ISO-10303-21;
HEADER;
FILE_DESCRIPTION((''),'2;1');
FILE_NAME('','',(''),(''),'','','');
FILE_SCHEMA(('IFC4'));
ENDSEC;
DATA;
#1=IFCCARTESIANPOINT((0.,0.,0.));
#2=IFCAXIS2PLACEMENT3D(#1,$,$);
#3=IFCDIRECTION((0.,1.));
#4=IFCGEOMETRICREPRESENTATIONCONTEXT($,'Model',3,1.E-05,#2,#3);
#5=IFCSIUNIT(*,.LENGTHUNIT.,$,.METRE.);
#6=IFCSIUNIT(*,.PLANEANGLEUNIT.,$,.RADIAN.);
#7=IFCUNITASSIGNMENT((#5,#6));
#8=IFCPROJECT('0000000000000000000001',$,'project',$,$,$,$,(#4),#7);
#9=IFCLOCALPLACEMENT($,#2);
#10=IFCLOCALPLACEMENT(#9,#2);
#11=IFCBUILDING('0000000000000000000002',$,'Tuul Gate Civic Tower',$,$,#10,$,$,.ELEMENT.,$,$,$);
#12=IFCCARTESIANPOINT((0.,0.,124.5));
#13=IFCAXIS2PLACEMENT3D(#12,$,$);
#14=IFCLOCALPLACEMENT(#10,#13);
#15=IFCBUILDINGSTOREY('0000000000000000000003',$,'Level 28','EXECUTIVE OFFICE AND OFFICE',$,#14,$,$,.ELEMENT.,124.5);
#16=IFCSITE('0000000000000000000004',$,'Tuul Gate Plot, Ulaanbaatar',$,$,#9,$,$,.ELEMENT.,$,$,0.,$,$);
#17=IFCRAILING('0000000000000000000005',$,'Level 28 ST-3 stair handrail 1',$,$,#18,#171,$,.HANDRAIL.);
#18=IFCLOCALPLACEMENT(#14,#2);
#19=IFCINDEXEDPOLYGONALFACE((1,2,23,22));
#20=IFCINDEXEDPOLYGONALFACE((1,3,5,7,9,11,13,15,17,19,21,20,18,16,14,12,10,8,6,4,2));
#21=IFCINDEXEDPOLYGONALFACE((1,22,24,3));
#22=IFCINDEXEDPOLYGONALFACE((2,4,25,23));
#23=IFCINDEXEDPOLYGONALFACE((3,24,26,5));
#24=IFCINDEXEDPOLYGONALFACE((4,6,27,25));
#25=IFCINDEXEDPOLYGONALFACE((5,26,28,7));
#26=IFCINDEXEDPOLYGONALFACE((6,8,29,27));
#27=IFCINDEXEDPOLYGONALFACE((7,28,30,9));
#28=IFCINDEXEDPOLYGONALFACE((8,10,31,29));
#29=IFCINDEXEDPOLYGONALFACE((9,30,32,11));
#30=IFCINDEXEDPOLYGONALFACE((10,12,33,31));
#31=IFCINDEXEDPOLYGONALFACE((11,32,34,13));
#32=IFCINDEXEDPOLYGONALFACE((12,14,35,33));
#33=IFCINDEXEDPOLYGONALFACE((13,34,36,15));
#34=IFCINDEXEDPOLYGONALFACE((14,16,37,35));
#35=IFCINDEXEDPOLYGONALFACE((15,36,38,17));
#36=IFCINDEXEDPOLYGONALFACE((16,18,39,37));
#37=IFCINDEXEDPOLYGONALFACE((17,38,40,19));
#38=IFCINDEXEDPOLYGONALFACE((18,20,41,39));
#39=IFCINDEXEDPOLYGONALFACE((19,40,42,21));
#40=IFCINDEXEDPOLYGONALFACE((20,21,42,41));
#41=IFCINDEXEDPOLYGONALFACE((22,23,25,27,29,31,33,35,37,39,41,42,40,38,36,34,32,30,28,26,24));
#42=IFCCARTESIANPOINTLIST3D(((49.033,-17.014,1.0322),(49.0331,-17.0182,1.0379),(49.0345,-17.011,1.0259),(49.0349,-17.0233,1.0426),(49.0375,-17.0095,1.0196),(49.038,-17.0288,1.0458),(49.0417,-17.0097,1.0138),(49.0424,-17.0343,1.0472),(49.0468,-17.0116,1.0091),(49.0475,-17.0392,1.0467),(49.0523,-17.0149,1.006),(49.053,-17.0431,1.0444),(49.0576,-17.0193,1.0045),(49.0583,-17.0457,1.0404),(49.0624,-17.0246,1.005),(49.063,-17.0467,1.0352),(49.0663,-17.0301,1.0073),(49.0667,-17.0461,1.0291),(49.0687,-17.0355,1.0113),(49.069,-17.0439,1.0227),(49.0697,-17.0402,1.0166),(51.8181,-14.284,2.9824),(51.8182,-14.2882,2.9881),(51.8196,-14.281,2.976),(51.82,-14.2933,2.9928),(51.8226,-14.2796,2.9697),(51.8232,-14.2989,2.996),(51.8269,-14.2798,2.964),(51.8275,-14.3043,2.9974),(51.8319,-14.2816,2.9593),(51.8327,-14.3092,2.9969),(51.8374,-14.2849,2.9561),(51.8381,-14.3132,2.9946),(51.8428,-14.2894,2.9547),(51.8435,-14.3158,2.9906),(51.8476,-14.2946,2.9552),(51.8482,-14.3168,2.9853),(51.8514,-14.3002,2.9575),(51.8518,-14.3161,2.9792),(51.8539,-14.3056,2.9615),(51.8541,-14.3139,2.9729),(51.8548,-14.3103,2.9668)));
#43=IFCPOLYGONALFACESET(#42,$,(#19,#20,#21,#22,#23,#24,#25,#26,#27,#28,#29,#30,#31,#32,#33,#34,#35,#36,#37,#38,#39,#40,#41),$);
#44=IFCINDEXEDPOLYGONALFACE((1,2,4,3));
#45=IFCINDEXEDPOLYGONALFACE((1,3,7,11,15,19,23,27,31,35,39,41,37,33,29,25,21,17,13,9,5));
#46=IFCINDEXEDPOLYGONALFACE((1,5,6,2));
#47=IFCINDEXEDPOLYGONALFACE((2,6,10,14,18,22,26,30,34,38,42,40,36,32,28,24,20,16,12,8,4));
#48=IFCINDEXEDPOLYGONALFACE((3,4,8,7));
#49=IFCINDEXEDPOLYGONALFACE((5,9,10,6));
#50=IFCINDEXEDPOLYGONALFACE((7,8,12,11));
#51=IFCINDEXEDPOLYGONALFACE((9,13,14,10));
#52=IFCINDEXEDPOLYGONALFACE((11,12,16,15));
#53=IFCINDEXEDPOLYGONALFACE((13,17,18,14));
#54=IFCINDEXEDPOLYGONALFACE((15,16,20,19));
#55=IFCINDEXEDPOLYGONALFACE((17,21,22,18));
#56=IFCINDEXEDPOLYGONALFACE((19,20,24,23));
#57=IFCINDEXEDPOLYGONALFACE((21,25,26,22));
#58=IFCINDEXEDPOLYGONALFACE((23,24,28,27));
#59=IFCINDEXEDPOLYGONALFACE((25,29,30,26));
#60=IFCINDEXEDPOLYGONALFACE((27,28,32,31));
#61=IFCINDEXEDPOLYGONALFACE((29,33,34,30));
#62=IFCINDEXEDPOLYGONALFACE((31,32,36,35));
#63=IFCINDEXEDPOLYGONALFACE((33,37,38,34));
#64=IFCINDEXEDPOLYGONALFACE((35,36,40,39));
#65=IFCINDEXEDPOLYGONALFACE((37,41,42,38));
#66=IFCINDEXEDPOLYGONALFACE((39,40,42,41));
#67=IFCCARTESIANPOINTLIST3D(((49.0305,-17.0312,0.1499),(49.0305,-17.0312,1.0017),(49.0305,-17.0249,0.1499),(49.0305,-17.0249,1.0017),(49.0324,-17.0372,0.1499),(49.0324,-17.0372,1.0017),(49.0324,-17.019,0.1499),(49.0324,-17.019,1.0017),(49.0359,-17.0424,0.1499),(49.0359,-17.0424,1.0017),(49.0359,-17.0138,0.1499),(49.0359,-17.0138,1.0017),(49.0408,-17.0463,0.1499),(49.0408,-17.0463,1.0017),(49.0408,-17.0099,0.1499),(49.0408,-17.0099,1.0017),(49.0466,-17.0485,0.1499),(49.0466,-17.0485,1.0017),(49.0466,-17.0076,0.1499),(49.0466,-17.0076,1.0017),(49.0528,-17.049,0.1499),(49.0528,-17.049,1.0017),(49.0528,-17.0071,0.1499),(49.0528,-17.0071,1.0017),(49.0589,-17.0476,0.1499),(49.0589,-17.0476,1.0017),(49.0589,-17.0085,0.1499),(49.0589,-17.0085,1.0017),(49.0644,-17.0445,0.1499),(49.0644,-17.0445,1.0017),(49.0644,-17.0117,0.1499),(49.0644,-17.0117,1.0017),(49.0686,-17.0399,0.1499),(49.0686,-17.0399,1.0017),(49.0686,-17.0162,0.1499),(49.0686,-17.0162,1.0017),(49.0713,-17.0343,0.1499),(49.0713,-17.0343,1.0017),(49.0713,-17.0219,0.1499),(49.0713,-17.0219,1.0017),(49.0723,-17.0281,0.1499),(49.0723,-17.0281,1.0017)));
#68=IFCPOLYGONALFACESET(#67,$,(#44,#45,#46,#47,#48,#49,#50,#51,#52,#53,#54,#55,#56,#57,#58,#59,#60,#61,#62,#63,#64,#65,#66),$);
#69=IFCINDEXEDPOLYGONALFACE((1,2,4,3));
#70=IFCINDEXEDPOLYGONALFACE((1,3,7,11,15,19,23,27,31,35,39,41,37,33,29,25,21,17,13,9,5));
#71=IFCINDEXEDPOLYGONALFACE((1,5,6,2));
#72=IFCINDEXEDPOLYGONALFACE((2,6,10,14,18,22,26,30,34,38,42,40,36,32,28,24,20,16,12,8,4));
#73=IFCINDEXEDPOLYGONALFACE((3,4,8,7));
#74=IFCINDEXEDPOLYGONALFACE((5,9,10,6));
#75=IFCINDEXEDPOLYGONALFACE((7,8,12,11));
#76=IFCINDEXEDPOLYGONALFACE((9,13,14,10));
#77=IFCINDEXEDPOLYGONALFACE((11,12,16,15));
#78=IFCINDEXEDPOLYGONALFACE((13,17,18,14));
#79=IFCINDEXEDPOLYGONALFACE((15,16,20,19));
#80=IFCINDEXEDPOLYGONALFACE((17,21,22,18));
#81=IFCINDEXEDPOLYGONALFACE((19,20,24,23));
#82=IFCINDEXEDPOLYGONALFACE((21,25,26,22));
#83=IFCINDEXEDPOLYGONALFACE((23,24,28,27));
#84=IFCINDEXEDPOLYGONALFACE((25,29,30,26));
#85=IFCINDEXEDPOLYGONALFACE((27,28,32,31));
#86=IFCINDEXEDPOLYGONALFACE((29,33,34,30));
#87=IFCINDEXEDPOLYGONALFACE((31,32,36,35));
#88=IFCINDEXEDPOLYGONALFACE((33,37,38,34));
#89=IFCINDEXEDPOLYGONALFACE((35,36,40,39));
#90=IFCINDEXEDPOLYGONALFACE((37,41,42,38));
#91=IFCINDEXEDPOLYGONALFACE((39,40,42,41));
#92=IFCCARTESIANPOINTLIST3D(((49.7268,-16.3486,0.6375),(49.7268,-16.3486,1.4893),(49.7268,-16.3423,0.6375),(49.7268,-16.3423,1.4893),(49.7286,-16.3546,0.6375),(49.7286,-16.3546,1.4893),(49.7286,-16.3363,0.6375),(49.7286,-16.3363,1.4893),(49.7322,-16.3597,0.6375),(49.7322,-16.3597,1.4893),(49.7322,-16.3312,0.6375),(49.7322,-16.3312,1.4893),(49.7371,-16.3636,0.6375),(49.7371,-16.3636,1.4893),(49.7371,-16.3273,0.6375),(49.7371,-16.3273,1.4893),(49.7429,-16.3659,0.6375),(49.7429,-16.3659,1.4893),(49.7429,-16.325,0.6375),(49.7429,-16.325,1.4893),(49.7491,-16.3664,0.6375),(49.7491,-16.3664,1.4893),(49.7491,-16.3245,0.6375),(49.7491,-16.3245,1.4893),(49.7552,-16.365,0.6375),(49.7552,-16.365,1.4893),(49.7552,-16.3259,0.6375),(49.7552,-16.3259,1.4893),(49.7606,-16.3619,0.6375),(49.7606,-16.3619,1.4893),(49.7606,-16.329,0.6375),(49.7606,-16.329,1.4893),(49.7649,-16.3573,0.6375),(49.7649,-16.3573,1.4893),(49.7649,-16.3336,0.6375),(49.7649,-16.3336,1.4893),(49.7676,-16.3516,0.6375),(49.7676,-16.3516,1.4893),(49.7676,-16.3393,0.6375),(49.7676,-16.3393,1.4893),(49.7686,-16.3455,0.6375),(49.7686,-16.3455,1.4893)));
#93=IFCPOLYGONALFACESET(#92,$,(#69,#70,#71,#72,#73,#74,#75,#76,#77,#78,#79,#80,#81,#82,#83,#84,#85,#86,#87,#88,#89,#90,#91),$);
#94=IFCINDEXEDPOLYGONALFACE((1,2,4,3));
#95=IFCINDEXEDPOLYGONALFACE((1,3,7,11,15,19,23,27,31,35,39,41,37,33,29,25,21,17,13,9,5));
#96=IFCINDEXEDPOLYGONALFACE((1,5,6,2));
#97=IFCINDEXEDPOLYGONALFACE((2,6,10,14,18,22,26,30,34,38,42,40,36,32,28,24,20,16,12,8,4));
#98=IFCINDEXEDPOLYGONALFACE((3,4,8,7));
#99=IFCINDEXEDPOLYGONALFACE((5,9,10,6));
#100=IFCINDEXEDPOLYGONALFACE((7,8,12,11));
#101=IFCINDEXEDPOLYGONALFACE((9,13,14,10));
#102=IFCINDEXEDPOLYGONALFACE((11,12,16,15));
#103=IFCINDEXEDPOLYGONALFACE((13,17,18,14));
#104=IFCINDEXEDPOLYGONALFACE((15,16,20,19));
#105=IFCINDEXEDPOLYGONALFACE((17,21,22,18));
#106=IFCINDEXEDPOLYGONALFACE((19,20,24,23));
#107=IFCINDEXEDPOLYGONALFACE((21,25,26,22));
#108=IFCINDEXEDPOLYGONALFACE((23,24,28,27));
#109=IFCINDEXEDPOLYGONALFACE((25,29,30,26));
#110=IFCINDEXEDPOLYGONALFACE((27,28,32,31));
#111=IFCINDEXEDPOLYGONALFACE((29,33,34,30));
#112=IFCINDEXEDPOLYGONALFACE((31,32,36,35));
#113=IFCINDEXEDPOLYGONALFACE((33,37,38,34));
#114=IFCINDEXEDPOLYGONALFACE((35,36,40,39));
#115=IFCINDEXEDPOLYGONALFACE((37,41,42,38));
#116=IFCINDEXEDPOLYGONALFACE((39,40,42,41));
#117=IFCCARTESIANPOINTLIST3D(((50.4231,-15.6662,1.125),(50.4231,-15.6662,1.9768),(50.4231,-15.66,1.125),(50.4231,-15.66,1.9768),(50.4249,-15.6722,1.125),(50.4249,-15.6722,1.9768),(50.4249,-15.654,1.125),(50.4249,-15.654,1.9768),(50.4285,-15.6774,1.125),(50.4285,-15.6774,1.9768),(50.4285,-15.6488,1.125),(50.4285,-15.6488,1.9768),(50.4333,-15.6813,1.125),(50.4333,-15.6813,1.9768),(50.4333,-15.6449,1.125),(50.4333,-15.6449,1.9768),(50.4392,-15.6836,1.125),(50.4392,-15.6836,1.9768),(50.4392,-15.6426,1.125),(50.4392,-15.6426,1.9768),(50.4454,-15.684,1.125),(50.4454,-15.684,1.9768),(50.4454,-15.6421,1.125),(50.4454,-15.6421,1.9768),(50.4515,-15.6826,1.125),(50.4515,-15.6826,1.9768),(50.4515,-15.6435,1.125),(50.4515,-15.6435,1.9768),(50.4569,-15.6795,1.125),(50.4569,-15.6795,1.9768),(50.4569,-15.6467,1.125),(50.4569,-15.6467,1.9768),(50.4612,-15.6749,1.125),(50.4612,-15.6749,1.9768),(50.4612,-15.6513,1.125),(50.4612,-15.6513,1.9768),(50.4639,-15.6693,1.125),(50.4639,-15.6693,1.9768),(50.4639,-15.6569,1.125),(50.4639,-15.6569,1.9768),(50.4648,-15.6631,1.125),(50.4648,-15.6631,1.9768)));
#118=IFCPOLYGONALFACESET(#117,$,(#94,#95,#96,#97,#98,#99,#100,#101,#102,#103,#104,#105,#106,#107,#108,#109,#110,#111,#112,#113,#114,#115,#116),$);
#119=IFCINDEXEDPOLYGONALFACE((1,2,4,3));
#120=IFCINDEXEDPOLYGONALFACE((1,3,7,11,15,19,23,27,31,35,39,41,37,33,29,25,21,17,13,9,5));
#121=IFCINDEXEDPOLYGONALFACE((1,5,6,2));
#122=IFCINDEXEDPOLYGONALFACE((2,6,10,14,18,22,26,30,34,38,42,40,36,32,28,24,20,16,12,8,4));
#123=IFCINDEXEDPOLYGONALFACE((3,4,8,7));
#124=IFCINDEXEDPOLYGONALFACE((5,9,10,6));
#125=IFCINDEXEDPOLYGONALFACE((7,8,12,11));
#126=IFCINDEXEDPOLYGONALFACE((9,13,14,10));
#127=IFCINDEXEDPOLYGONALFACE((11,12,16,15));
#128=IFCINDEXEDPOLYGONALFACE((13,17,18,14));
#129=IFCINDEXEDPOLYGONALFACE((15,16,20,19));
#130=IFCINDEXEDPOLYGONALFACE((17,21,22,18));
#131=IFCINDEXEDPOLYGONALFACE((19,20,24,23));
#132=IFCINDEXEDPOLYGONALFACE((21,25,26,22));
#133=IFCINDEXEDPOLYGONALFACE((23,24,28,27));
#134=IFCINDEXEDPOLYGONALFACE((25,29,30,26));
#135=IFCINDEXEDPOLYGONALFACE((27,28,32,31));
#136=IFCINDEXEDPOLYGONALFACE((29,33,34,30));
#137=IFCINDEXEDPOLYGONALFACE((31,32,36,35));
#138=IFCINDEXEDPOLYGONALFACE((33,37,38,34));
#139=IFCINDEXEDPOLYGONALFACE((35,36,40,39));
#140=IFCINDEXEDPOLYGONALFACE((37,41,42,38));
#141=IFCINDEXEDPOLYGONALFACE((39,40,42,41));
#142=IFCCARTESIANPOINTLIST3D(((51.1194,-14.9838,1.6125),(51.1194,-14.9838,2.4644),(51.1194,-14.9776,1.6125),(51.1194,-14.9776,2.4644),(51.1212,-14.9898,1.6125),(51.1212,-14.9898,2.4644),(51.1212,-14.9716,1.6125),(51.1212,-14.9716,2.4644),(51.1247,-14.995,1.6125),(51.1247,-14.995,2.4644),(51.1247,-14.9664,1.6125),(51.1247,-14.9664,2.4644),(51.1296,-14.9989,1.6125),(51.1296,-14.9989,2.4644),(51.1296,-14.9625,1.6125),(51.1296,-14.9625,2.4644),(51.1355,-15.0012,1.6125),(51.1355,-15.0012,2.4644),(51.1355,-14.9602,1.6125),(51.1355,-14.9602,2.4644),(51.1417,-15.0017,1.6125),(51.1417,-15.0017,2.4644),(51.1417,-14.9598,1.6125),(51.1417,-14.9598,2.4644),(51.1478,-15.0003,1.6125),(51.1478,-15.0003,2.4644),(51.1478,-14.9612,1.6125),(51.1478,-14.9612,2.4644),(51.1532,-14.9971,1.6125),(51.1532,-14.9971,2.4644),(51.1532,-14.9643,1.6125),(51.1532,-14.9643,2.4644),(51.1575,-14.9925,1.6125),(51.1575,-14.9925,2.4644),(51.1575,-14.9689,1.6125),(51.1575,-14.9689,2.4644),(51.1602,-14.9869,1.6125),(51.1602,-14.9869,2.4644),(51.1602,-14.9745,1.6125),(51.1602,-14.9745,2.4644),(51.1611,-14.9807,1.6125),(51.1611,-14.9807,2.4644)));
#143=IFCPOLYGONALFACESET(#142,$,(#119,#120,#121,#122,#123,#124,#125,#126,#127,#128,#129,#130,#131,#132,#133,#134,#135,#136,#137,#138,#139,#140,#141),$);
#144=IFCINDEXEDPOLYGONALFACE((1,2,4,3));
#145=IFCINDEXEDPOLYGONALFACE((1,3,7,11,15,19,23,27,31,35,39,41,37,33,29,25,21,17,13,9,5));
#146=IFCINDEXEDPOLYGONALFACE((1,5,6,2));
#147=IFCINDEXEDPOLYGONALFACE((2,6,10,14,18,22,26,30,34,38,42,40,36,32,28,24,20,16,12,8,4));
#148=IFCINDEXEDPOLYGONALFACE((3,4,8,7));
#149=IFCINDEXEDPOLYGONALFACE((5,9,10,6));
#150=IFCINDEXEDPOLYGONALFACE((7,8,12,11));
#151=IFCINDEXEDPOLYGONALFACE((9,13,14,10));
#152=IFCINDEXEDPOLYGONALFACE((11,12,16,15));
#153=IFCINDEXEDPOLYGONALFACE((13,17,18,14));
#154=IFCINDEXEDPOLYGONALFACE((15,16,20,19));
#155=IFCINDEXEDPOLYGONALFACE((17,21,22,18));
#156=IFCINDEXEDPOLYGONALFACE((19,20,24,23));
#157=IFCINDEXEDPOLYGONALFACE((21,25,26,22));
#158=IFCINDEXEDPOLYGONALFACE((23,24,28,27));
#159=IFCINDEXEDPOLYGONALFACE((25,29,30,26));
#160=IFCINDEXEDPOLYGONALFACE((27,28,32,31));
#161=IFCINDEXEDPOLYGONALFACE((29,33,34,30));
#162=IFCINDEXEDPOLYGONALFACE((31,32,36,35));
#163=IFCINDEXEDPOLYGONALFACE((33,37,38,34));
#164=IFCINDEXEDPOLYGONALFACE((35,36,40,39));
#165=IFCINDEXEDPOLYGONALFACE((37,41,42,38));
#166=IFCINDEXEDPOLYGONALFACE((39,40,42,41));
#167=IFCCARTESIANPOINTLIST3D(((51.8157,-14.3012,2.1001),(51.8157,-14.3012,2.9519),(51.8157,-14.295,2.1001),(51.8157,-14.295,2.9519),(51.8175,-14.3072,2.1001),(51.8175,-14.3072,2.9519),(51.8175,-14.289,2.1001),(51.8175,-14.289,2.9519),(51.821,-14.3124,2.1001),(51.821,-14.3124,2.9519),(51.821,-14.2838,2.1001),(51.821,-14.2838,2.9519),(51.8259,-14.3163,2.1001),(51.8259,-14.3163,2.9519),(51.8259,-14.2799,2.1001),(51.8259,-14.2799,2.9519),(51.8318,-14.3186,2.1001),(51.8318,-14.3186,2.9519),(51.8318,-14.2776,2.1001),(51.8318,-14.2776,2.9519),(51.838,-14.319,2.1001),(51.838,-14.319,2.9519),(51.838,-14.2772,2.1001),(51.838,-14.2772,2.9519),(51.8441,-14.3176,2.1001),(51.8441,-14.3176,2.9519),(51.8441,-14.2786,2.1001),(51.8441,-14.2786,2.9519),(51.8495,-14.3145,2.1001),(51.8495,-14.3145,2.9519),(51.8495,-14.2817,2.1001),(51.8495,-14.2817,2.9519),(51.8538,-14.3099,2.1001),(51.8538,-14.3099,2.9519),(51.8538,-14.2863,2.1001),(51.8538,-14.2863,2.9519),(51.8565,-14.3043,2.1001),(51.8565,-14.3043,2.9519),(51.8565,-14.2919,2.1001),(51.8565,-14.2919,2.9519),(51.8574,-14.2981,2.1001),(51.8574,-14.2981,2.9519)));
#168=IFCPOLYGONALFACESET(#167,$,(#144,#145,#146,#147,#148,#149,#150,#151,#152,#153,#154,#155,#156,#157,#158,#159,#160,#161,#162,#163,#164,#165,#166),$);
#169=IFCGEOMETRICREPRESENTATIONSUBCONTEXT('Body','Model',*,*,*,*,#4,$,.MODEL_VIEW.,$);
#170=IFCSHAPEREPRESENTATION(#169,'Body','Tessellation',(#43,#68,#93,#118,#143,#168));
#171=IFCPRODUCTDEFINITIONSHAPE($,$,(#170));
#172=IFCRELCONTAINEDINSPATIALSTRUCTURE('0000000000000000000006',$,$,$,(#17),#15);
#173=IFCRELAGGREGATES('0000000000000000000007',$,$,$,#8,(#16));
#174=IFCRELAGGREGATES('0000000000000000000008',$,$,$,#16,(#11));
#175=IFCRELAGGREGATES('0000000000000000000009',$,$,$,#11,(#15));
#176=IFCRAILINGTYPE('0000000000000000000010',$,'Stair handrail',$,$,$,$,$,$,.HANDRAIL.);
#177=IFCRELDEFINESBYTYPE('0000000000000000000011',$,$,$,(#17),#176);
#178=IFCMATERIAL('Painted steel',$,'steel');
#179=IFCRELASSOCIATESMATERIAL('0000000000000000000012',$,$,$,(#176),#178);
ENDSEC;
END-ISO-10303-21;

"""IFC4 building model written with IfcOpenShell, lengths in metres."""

from ifc_helpers import new_model, si_unit, direction, frame, origin, origin_2d, place, context, subcontext, project, spatial, circle, extrude, material, type_object, element, save


model = new_model("IFC4")

# Units and contexts
model_context = context("Model", 3, precision=1e-05, world=origin(), true_north=direction((0.0, 1.0)))
body_context = subcontext(model_context, "Body", "Model", "MODEL_VIEW")
ifc_project = project(units=[si_unit("LENGTHUNIT", "METRE"), si_unit("PLANEANGLEUNIT", "RADIAN")], contexts=[model_context])

# Site, building, storey
site_placement = place(None, origin())
site = spatial("IfcSite", under=ifc_project, at=site_placement, Name="Tuul Gate Plot, Ulaanbaatar", CompositionType="ELEMENT", RefElevation=0.0)
building_placement = place(site_placement, origin())
building = spatial("IfcBuilding", under=site, at=building_placement, Name="Tuul Gate Civic Tower", CompositionType="ELEMENT")
storey_placement = place(building_placement, frame((0.0, 0.0, 124.5)))
storey = spatial("IfcBuildingStorey", under=building, at=storey_placement, Name="Level 28", Description="EXECUTIVE OFFICE AND OFFICE", CompositionType="ELEMENT", Elevation=124.5)

# Railing
ifc_material_1 = material(Name="Painted steel", Category="steel")
railing_type_1 = type_object("IfcRailingType", Name="Stair handrail", PredefinedType="HANDRAIL", material=ifc_material_1)
railing_1_placement = place(storey_placement, frame((49.0513, -17.0281, 0.1499)))
element("IfcRailing", 1, at=railing_1_placement, inside=storey, type_object=railing_type_1, Name="Level 28 ST-3 stair handrail 1", PredefinedType="HANDRAIL", context=body_context, shape_type="SweptSolid", body=[
    extrude(circle(Radius=0.0239, at=origin_2d()), frame((0.0, 0.0, 0.876), z_axis=(0.638738, 0.626084, 0.447251), x_axis=(-0.699998, 0.714145, 0.0)), (0.0, 0.0, 1.0), 4.3604),
    extrude(circle(Radius=0.021, at=origin_2d()), origin(), (0.0, 0.0, 1.0), 0.8518),
    extrude(circle(Radius=0.021, at=origin_2d()), frame((0.6963, 0.6826, 0.4875)), (0.0, 0.0, 1.0), 0.8518),
    extrude(circle(Radius=0.021, at=origin_2d()), frame((1.3926, 1.365, 0.9751)), (0.0, 0.0, 1.0), 0.8518),
    extrude(circle(Radius=0.021, at=origin_2d()), frame((2.0889, 2.0474, 1.4626)), (0.0, 0.0, 1.0), 0.8518),
    extrude(circle(Radius=0.021, at=origin_2d()), frame((2.7852, 2.73, 1.9502)), (0.0, 0.0, 1.0), 0.8518),
])

save(model, "model.ifc")
